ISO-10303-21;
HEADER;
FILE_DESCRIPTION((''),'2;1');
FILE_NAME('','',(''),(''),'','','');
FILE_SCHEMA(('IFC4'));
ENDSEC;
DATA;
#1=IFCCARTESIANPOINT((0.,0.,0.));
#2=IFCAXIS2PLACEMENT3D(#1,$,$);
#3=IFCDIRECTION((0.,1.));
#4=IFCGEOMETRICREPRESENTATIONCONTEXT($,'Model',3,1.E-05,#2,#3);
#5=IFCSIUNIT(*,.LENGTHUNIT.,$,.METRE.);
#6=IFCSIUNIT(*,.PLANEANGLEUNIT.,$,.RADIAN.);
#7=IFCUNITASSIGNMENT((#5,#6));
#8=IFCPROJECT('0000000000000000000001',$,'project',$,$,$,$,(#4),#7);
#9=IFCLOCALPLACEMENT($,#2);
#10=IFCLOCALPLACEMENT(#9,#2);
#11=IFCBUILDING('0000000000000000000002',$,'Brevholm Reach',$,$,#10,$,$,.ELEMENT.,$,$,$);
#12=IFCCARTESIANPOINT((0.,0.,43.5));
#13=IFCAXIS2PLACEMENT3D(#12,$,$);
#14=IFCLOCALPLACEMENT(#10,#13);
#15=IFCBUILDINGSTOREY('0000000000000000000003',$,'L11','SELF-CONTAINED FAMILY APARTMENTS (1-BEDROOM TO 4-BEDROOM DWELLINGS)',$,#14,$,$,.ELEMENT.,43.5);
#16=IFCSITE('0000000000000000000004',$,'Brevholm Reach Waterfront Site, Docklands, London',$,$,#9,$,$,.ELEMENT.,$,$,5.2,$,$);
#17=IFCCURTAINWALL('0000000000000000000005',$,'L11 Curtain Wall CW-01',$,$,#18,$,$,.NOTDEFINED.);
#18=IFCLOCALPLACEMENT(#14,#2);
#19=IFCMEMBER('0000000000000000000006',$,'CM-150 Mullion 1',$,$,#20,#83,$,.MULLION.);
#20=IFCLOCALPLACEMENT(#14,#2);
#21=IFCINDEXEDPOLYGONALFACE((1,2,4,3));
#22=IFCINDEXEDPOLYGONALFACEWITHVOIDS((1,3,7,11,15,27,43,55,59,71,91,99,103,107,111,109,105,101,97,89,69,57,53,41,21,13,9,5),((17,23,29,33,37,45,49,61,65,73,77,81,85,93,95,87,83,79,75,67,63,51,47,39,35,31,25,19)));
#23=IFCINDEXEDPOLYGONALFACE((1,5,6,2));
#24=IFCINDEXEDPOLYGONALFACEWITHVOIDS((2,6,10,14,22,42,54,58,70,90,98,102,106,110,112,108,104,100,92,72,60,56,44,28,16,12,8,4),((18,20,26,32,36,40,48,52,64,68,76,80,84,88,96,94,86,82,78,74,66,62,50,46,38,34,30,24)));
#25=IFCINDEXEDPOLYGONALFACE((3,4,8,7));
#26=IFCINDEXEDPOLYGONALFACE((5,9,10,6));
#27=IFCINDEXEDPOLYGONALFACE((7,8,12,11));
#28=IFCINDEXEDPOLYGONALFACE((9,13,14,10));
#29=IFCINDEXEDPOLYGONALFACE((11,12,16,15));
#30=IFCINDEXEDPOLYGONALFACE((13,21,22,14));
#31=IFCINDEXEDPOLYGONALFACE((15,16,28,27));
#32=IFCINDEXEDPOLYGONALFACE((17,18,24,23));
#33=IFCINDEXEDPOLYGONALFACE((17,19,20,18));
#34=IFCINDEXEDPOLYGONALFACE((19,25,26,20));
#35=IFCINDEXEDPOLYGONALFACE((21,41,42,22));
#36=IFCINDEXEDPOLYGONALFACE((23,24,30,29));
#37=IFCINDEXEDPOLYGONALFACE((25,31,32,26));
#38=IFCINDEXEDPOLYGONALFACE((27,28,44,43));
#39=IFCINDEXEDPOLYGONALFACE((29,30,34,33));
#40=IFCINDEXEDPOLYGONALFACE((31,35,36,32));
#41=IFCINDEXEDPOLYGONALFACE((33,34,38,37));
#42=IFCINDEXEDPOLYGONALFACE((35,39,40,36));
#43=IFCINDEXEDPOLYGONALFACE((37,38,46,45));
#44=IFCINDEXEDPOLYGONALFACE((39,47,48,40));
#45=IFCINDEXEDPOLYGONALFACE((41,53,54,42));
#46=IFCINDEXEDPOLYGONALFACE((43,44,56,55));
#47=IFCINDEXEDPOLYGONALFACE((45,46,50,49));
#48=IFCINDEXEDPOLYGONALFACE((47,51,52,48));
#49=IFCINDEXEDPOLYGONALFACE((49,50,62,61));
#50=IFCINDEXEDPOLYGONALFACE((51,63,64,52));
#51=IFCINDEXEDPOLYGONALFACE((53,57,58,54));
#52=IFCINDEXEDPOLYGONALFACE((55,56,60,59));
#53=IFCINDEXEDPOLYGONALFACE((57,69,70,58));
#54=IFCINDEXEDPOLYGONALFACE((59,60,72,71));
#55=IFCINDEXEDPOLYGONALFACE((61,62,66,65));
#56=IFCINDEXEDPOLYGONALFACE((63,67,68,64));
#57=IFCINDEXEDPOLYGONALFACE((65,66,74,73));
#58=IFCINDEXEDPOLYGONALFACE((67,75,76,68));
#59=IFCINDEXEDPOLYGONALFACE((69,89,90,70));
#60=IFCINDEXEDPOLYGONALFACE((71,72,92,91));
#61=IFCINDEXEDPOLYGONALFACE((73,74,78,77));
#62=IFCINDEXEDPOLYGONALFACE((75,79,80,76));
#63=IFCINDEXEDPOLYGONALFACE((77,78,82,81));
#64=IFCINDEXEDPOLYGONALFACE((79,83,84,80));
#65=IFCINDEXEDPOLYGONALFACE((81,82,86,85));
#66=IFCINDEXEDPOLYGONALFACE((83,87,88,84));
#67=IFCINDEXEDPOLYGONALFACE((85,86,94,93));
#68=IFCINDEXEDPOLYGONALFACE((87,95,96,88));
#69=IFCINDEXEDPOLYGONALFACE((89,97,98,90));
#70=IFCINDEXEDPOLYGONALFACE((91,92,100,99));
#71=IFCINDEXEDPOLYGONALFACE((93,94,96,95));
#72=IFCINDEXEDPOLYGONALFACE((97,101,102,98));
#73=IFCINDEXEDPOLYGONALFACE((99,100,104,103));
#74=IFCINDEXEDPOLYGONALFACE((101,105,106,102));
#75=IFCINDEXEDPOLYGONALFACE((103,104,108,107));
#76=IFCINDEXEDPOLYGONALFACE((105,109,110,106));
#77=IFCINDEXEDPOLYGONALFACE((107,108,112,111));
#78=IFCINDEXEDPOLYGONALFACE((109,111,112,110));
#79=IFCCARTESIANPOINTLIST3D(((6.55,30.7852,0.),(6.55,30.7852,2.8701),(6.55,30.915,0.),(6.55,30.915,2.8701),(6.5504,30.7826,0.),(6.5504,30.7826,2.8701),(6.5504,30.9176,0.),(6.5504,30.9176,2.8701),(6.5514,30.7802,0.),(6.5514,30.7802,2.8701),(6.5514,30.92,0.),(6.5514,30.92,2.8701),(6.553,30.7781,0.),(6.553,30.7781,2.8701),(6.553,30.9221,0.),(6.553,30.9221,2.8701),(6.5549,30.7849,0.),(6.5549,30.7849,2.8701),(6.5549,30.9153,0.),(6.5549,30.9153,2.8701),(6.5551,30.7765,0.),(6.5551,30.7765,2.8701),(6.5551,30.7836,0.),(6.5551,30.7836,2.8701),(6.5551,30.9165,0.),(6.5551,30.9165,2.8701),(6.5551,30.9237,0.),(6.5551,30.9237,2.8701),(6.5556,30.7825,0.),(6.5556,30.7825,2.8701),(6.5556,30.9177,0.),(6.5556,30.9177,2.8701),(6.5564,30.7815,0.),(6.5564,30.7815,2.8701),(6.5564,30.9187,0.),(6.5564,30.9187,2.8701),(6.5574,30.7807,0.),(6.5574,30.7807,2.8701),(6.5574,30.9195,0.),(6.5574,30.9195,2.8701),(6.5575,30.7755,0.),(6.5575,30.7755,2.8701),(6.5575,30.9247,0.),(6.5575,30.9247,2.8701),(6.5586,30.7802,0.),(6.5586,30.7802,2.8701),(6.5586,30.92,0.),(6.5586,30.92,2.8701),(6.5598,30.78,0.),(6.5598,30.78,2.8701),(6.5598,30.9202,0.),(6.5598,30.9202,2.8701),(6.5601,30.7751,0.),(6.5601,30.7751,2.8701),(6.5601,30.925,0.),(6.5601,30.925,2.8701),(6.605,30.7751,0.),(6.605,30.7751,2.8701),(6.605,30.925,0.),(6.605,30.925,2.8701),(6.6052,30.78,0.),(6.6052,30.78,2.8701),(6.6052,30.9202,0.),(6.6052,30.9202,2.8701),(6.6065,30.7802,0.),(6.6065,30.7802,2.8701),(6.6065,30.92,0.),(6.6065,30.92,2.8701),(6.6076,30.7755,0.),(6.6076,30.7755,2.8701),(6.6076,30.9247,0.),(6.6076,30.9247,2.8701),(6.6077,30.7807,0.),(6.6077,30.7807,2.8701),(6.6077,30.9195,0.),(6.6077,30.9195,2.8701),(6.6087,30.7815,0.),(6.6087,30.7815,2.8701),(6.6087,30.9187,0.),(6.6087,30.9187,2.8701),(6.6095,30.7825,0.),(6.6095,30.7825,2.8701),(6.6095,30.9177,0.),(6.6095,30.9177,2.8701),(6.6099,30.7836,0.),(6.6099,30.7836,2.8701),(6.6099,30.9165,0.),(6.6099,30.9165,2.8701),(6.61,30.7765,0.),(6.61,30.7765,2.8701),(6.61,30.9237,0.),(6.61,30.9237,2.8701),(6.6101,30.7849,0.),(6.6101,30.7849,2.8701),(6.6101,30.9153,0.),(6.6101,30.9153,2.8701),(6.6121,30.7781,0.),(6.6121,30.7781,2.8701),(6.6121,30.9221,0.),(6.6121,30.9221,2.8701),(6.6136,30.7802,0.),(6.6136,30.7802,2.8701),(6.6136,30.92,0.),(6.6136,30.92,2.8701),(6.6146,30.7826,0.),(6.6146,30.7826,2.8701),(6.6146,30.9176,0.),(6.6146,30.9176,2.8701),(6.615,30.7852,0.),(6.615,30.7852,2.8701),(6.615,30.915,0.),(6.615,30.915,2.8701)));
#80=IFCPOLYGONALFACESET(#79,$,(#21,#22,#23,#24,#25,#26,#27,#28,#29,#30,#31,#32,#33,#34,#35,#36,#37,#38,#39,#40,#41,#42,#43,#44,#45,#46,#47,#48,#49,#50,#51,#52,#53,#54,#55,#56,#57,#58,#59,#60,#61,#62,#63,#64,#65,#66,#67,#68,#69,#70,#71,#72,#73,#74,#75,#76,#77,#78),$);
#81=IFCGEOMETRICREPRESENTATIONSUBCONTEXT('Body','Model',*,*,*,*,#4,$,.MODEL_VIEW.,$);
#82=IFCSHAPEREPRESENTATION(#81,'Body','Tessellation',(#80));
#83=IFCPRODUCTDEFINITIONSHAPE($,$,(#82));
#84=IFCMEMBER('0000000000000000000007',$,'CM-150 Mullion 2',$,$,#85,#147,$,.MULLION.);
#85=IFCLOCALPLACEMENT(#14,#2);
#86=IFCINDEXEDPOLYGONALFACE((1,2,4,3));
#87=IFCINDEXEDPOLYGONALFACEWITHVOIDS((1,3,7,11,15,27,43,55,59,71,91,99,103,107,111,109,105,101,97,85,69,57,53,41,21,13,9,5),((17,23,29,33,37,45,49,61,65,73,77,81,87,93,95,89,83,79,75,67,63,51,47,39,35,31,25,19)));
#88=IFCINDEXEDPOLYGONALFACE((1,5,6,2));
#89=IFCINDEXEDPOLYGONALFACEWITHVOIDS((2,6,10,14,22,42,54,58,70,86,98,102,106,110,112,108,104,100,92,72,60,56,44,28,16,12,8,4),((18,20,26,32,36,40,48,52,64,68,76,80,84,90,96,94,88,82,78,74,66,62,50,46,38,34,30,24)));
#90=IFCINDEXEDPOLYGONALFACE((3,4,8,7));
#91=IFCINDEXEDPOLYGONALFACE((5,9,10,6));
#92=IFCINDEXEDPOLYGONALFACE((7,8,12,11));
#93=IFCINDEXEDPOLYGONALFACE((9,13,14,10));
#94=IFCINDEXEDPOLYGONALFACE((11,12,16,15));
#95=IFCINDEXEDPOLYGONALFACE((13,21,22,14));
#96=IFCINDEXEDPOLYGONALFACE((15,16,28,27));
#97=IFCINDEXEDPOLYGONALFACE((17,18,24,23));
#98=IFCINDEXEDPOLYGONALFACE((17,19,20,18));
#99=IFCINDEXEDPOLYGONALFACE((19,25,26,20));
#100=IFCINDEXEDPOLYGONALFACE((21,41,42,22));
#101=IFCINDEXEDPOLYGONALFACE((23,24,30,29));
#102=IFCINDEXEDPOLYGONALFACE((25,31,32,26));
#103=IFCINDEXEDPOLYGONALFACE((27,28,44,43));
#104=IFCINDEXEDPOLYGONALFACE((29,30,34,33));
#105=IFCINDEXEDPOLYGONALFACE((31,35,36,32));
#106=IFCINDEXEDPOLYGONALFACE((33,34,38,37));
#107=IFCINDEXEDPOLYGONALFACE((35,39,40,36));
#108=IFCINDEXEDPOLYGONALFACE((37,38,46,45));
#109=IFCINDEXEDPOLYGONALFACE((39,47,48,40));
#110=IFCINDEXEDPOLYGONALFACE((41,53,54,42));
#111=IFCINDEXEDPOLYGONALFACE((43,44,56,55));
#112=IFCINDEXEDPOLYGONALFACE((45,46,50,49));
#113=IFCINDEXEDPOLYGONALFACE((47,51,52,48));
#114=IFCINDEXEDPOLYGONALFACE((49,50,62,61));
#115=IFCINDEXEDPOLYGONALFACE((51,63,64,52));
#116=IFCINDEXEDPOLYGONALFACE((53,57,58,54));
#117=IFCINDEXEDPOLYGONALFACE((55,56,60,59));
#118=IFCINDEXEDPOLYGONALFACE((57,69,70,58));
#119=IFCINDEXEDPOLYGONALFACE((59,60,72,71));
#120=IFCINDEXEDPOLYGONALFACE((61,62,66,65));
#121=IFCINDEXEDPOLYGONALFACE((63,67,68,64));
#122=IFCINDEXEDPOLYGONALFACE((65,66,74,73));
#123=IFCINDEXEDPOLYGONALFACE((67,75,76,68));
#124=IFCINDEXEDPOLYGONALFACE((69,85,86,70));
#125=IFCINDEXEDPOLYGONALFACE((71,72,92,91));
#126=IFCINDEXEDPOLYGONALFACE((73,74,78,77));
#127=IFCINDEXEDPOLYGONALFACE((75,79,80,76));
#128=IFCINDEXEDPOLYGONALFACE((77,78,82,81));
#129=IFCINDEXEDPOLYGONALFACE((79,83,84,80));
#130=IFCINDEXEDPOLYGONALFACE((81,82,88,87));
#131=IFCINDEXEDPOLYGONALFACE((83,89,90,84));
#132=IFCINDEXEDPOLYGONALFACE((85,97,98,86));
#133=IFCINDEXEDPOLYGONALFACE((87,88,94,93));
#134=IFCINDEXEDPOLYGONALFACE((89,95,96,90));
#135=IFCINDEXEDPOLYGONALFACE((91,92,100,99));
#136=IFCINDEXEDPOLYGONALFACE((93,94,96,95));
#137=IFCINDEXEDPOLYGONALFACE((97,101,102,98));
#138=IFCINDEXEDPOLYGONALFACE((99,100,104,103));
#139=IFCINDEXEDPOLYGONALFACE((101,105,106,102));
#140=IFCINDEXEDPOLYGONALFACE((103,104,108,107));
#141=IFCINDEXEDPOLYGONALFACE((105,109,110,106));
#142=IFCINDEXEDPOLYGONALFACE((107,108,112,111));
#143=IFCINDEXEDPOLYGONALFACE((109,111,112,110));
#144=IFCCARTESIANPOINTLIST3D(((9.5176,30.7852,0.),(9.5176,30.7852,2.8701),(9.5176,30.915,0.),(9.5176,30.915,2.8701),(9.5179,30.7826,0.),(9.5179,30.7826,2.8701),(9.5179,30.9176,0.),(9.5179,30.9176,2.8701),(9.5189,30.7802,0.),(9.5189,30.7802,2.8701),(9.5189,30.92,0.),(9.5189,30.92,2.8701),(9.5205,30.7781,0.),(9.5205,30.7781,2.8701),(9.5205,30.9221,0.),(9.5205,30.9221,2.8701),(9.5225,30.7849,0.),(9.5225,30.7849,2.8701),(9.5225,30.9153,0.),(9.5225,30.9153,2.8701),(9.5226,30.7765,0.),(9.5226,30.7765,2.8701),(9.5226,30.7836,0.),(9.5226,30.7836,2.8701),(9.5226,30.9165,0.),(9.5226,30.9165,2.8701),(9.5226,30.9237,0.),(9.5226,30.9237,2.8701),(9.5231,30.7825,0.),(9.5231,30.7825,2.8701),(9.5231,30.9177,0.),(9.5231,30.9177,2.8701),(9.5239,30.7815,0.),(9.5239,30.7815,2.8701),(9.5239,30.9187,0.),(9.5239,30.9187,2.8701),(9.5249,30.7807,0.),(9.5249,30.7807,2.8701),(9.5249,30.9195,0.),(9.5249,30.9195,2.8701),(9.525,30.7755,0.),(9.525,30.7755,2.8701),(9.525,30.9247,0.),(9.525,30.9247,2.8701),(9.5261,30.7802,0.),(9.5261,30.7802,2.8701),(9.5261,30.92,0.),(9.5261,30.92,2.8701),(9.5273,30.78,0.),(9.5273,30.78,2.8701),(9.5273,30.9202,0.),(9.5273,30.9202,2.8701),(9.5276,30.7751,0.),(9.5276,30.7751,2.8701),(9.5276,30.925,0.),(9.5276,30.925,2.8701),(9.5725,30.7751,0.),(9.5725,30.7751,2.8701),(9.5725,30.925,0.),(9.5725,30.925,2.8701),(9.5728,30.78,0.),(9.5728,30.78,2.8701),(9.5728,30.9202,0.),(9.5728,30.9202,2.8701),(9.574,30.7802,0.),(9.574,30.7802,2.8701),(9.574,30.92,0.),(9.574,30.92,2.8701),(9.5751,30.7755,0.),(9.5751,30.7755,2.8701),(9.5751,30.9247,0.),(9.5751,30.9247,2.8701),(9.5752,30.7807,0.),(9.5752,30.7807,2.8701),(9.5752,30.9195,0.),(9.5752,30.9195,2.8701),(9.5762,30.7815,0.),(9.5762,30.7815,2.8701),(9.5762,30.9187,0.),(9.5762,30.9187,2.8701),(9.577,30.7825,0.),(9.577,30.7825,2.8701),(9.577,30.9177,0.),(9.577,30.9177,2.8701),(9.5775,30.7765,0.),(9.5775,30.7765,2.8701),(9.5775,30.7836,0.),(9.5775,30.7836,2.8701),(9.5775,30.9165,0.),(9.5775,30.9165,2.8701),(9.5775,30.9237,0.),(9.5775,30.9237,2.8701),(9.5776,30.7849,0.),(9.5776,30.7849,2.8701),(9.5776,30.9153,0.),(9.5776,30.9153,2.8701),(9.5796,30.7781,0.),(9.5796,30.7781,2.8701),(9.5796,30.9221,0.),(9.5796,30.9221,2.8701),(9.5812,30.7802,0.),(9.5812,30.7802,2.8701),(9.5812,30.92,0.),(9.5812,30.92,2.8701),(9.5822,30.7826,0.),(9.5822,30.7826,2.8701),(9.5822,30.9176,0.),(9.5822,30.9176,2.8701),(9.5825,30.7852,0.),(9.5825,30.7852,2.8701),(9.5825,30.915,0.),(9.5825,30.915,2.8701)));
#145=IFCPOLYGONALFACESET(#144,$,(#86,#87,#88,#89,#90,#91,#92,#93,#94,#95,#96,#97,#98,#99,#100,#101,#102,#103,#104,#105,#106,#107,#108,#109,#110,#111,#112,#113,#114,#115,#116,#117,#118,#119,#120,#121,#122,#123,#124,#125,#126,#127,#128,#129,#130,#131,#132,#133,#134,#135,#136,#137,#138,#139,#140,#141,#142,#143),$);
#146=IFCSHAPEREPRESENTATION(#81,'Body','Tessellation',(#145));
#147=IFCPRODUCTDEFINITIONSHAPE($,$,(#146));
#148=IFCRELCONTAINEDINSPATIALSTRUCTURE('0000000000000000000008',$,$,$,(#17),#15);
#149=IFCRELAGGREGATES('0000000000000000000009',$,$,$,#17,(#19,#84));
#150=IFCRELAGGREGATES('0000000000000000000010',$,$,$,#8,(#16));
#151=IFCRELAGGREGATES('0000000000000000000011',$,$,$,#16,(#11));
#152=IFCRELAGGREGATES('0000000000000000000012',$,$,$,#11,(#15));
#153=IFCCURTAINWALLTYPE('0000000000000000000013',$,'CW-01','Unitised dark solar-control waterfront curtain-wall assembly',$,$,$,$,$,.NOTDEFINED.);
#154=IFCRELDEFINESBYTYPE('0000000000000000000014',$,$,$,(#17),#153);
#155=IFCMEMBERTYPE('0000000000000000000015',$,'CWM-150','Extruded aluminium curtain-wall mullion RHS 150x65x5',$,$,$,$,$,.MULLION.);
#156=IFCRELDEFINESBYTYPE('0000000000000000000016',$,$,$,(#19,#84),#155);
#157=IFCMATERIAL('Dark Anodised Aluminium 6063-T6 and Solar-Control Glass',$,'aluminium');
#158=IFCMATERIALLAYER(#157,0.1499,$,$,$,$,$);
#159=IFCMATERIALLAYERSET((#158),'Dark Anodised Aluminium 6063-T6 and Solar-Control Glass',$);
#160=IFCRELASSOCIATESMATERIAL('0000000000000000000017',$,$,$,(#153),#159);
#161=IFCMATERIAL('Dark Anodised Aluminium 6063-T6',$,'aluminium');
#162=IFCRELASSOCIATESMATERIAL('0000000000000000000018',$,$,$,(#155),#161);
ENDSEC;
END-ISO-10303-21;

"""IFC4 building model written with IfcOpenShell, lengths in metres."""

from ifc_helpers import new_model, si_unit, direction, frame, origin, origin_2d, place, context, subcontext, project, spatial, hollow_rectangle, extrude, material, layer, layer_set, material_profile, profile_set, type_object, element, aggregate, save


model = new_model("IFC4")

# Units and contexts
model_context = context("Model", 3, precision=1e-05, world=origin(), true_north=direction((0.0, 1.0)))
body_context = subcontext(model_context, "Body", "Model", "MODEL_VIEW")
ifc_project = project(units=[si_unit("LENGTHUNIT", "METRE"), si_unit("PLANEANGLEUNIT", "RADIAN")], contexts=[model_context])

# Site, building, storey
site_placement = place(None, origin())
site = spatial("IfcSite", under=ifc_project, at=site_placement, Name="Brevholm Reach Waterfront Site, Docklands, London", CompositionType="ELEMENT", RefElevation=5.2)
building_placement = place(site_placement, origin())
building = spatial("IfcBuilding", under=site, at=building_placement, Name="Brevholm Reach", CompositionType="ELEMENT")
storey_placement = place(building_placement, frame((0.0, 0.0, 43.5)))
storey = spatial("IfcBuildingStorey", under=building, at=storey_placement, Name="L11", Description="SELF-CONTAINED FAMILY APARTMENTS (1-BEDROOM TO 4-BEDROOM DWELLINGS)", CompositionType="ELEMENT", Elevation=43.5)

# Curtain wall, members
ifc_material_1 = material(Name="Dark Anodised Aluminium 6063-T6 and Solar-Control Glass", Category="aluminium")
ifc_layer_1 = layer(ifc_material_1, 0.1499)
ifc_layer_set_1 = layer_set([ifc_layer_1], Name="Dark Anodised Aluminium 6063-T6 and Solar-Control Glass")
curtain_wall_type = type_object("IfcCurtainWallType", Name="CW-01", Description="Unitised dark solar-control waterfront curtain-wall assembly", PredefinedType="NOTDEFINED", material=ifc_layer_set_1)
curtain_wall_placement = place(storey_placement, origin())
curtain_wall = element("IfcCurtainWall", 1, at=curtain_wall_placement, inside=storey, type_object=curtain_wall_type, Name="L11 Curtain Wall CW-01", PredefinedType="NOTDEFINED")
ifc_material_2 = material(Name="Dark Anodised Aluminium 6063-T6", Category="aluminium")
ifc_material_profile_1 = material_profile(ifc_material_2, hollow_rectangle(XDim=0.0649, YDim=0.1499, WallThickness=0.0049, InnerFilletRadius=0.0049, OuterFilletRadius=0.01, at=origin_2d()), Name="RHS 150x65x5")
ifc_profile_set_1 = profile_set([ifc_material_profile_1], Name="Dark Anodised Aluminium 6063-T6")
member_type_1 = type_object("IfcMemberType", Name="CWM-150", Description="Extruded aluminium curtain-wall mullion RHS 150x65x5", PredefinedType="MULLION", material=ifc_profile_set_1)
member_1_placement = place(storey_placement, frame((6.5825, 30.8501, 0.0), z_axis=(0.0, 0.0, 1.0), x_axis=(1.0, 0.0, 0.0)))
member_1 = element("IfcMember", 2, at=member_1_placement, type_object=member_type_1, Name="CM-150 Mullion 1", PredefinedType="MULLION", context=body_context, shape_type="SweptSolid", body=[
    extrude(hollow_rectangle(XDim=0.0649, YDim=0.1499, WallThickness=0.0049, InnerFilletRadius=0.0049, OuterFilletRadius=0.01, at=origin_2d()), origin(), (0.0, 0.0, 1.0), 2.8701),
])
member_2_placement = place(storey_placement, frame((9.55, 30.8501, 0.0), z_axis=(0.0, 0.0, 1.0), x_axis=(1.0, 0.0, 0.0)))
member_2 = element("IfcMember", 3, at=member_2_placement, type_object=member_type_1, Name="CM-150 Mullion 2", PredefinedType="MULLION", context=body_context, shape_type="SweptSolid", body=[
    extrude(hollow_rectangle(XDim=0.0649, YDim=0.1499, WallThickness=0.0049, InnerFilletRadius=0.0049, OuterFilletRadius=0.01, at=origin_2d()), origin(), (0.0, 0.0, 1.0), 2.8701),
])
aggregate(curtain_wall, [member_1, member_2])

save(model, "model.ifc")
